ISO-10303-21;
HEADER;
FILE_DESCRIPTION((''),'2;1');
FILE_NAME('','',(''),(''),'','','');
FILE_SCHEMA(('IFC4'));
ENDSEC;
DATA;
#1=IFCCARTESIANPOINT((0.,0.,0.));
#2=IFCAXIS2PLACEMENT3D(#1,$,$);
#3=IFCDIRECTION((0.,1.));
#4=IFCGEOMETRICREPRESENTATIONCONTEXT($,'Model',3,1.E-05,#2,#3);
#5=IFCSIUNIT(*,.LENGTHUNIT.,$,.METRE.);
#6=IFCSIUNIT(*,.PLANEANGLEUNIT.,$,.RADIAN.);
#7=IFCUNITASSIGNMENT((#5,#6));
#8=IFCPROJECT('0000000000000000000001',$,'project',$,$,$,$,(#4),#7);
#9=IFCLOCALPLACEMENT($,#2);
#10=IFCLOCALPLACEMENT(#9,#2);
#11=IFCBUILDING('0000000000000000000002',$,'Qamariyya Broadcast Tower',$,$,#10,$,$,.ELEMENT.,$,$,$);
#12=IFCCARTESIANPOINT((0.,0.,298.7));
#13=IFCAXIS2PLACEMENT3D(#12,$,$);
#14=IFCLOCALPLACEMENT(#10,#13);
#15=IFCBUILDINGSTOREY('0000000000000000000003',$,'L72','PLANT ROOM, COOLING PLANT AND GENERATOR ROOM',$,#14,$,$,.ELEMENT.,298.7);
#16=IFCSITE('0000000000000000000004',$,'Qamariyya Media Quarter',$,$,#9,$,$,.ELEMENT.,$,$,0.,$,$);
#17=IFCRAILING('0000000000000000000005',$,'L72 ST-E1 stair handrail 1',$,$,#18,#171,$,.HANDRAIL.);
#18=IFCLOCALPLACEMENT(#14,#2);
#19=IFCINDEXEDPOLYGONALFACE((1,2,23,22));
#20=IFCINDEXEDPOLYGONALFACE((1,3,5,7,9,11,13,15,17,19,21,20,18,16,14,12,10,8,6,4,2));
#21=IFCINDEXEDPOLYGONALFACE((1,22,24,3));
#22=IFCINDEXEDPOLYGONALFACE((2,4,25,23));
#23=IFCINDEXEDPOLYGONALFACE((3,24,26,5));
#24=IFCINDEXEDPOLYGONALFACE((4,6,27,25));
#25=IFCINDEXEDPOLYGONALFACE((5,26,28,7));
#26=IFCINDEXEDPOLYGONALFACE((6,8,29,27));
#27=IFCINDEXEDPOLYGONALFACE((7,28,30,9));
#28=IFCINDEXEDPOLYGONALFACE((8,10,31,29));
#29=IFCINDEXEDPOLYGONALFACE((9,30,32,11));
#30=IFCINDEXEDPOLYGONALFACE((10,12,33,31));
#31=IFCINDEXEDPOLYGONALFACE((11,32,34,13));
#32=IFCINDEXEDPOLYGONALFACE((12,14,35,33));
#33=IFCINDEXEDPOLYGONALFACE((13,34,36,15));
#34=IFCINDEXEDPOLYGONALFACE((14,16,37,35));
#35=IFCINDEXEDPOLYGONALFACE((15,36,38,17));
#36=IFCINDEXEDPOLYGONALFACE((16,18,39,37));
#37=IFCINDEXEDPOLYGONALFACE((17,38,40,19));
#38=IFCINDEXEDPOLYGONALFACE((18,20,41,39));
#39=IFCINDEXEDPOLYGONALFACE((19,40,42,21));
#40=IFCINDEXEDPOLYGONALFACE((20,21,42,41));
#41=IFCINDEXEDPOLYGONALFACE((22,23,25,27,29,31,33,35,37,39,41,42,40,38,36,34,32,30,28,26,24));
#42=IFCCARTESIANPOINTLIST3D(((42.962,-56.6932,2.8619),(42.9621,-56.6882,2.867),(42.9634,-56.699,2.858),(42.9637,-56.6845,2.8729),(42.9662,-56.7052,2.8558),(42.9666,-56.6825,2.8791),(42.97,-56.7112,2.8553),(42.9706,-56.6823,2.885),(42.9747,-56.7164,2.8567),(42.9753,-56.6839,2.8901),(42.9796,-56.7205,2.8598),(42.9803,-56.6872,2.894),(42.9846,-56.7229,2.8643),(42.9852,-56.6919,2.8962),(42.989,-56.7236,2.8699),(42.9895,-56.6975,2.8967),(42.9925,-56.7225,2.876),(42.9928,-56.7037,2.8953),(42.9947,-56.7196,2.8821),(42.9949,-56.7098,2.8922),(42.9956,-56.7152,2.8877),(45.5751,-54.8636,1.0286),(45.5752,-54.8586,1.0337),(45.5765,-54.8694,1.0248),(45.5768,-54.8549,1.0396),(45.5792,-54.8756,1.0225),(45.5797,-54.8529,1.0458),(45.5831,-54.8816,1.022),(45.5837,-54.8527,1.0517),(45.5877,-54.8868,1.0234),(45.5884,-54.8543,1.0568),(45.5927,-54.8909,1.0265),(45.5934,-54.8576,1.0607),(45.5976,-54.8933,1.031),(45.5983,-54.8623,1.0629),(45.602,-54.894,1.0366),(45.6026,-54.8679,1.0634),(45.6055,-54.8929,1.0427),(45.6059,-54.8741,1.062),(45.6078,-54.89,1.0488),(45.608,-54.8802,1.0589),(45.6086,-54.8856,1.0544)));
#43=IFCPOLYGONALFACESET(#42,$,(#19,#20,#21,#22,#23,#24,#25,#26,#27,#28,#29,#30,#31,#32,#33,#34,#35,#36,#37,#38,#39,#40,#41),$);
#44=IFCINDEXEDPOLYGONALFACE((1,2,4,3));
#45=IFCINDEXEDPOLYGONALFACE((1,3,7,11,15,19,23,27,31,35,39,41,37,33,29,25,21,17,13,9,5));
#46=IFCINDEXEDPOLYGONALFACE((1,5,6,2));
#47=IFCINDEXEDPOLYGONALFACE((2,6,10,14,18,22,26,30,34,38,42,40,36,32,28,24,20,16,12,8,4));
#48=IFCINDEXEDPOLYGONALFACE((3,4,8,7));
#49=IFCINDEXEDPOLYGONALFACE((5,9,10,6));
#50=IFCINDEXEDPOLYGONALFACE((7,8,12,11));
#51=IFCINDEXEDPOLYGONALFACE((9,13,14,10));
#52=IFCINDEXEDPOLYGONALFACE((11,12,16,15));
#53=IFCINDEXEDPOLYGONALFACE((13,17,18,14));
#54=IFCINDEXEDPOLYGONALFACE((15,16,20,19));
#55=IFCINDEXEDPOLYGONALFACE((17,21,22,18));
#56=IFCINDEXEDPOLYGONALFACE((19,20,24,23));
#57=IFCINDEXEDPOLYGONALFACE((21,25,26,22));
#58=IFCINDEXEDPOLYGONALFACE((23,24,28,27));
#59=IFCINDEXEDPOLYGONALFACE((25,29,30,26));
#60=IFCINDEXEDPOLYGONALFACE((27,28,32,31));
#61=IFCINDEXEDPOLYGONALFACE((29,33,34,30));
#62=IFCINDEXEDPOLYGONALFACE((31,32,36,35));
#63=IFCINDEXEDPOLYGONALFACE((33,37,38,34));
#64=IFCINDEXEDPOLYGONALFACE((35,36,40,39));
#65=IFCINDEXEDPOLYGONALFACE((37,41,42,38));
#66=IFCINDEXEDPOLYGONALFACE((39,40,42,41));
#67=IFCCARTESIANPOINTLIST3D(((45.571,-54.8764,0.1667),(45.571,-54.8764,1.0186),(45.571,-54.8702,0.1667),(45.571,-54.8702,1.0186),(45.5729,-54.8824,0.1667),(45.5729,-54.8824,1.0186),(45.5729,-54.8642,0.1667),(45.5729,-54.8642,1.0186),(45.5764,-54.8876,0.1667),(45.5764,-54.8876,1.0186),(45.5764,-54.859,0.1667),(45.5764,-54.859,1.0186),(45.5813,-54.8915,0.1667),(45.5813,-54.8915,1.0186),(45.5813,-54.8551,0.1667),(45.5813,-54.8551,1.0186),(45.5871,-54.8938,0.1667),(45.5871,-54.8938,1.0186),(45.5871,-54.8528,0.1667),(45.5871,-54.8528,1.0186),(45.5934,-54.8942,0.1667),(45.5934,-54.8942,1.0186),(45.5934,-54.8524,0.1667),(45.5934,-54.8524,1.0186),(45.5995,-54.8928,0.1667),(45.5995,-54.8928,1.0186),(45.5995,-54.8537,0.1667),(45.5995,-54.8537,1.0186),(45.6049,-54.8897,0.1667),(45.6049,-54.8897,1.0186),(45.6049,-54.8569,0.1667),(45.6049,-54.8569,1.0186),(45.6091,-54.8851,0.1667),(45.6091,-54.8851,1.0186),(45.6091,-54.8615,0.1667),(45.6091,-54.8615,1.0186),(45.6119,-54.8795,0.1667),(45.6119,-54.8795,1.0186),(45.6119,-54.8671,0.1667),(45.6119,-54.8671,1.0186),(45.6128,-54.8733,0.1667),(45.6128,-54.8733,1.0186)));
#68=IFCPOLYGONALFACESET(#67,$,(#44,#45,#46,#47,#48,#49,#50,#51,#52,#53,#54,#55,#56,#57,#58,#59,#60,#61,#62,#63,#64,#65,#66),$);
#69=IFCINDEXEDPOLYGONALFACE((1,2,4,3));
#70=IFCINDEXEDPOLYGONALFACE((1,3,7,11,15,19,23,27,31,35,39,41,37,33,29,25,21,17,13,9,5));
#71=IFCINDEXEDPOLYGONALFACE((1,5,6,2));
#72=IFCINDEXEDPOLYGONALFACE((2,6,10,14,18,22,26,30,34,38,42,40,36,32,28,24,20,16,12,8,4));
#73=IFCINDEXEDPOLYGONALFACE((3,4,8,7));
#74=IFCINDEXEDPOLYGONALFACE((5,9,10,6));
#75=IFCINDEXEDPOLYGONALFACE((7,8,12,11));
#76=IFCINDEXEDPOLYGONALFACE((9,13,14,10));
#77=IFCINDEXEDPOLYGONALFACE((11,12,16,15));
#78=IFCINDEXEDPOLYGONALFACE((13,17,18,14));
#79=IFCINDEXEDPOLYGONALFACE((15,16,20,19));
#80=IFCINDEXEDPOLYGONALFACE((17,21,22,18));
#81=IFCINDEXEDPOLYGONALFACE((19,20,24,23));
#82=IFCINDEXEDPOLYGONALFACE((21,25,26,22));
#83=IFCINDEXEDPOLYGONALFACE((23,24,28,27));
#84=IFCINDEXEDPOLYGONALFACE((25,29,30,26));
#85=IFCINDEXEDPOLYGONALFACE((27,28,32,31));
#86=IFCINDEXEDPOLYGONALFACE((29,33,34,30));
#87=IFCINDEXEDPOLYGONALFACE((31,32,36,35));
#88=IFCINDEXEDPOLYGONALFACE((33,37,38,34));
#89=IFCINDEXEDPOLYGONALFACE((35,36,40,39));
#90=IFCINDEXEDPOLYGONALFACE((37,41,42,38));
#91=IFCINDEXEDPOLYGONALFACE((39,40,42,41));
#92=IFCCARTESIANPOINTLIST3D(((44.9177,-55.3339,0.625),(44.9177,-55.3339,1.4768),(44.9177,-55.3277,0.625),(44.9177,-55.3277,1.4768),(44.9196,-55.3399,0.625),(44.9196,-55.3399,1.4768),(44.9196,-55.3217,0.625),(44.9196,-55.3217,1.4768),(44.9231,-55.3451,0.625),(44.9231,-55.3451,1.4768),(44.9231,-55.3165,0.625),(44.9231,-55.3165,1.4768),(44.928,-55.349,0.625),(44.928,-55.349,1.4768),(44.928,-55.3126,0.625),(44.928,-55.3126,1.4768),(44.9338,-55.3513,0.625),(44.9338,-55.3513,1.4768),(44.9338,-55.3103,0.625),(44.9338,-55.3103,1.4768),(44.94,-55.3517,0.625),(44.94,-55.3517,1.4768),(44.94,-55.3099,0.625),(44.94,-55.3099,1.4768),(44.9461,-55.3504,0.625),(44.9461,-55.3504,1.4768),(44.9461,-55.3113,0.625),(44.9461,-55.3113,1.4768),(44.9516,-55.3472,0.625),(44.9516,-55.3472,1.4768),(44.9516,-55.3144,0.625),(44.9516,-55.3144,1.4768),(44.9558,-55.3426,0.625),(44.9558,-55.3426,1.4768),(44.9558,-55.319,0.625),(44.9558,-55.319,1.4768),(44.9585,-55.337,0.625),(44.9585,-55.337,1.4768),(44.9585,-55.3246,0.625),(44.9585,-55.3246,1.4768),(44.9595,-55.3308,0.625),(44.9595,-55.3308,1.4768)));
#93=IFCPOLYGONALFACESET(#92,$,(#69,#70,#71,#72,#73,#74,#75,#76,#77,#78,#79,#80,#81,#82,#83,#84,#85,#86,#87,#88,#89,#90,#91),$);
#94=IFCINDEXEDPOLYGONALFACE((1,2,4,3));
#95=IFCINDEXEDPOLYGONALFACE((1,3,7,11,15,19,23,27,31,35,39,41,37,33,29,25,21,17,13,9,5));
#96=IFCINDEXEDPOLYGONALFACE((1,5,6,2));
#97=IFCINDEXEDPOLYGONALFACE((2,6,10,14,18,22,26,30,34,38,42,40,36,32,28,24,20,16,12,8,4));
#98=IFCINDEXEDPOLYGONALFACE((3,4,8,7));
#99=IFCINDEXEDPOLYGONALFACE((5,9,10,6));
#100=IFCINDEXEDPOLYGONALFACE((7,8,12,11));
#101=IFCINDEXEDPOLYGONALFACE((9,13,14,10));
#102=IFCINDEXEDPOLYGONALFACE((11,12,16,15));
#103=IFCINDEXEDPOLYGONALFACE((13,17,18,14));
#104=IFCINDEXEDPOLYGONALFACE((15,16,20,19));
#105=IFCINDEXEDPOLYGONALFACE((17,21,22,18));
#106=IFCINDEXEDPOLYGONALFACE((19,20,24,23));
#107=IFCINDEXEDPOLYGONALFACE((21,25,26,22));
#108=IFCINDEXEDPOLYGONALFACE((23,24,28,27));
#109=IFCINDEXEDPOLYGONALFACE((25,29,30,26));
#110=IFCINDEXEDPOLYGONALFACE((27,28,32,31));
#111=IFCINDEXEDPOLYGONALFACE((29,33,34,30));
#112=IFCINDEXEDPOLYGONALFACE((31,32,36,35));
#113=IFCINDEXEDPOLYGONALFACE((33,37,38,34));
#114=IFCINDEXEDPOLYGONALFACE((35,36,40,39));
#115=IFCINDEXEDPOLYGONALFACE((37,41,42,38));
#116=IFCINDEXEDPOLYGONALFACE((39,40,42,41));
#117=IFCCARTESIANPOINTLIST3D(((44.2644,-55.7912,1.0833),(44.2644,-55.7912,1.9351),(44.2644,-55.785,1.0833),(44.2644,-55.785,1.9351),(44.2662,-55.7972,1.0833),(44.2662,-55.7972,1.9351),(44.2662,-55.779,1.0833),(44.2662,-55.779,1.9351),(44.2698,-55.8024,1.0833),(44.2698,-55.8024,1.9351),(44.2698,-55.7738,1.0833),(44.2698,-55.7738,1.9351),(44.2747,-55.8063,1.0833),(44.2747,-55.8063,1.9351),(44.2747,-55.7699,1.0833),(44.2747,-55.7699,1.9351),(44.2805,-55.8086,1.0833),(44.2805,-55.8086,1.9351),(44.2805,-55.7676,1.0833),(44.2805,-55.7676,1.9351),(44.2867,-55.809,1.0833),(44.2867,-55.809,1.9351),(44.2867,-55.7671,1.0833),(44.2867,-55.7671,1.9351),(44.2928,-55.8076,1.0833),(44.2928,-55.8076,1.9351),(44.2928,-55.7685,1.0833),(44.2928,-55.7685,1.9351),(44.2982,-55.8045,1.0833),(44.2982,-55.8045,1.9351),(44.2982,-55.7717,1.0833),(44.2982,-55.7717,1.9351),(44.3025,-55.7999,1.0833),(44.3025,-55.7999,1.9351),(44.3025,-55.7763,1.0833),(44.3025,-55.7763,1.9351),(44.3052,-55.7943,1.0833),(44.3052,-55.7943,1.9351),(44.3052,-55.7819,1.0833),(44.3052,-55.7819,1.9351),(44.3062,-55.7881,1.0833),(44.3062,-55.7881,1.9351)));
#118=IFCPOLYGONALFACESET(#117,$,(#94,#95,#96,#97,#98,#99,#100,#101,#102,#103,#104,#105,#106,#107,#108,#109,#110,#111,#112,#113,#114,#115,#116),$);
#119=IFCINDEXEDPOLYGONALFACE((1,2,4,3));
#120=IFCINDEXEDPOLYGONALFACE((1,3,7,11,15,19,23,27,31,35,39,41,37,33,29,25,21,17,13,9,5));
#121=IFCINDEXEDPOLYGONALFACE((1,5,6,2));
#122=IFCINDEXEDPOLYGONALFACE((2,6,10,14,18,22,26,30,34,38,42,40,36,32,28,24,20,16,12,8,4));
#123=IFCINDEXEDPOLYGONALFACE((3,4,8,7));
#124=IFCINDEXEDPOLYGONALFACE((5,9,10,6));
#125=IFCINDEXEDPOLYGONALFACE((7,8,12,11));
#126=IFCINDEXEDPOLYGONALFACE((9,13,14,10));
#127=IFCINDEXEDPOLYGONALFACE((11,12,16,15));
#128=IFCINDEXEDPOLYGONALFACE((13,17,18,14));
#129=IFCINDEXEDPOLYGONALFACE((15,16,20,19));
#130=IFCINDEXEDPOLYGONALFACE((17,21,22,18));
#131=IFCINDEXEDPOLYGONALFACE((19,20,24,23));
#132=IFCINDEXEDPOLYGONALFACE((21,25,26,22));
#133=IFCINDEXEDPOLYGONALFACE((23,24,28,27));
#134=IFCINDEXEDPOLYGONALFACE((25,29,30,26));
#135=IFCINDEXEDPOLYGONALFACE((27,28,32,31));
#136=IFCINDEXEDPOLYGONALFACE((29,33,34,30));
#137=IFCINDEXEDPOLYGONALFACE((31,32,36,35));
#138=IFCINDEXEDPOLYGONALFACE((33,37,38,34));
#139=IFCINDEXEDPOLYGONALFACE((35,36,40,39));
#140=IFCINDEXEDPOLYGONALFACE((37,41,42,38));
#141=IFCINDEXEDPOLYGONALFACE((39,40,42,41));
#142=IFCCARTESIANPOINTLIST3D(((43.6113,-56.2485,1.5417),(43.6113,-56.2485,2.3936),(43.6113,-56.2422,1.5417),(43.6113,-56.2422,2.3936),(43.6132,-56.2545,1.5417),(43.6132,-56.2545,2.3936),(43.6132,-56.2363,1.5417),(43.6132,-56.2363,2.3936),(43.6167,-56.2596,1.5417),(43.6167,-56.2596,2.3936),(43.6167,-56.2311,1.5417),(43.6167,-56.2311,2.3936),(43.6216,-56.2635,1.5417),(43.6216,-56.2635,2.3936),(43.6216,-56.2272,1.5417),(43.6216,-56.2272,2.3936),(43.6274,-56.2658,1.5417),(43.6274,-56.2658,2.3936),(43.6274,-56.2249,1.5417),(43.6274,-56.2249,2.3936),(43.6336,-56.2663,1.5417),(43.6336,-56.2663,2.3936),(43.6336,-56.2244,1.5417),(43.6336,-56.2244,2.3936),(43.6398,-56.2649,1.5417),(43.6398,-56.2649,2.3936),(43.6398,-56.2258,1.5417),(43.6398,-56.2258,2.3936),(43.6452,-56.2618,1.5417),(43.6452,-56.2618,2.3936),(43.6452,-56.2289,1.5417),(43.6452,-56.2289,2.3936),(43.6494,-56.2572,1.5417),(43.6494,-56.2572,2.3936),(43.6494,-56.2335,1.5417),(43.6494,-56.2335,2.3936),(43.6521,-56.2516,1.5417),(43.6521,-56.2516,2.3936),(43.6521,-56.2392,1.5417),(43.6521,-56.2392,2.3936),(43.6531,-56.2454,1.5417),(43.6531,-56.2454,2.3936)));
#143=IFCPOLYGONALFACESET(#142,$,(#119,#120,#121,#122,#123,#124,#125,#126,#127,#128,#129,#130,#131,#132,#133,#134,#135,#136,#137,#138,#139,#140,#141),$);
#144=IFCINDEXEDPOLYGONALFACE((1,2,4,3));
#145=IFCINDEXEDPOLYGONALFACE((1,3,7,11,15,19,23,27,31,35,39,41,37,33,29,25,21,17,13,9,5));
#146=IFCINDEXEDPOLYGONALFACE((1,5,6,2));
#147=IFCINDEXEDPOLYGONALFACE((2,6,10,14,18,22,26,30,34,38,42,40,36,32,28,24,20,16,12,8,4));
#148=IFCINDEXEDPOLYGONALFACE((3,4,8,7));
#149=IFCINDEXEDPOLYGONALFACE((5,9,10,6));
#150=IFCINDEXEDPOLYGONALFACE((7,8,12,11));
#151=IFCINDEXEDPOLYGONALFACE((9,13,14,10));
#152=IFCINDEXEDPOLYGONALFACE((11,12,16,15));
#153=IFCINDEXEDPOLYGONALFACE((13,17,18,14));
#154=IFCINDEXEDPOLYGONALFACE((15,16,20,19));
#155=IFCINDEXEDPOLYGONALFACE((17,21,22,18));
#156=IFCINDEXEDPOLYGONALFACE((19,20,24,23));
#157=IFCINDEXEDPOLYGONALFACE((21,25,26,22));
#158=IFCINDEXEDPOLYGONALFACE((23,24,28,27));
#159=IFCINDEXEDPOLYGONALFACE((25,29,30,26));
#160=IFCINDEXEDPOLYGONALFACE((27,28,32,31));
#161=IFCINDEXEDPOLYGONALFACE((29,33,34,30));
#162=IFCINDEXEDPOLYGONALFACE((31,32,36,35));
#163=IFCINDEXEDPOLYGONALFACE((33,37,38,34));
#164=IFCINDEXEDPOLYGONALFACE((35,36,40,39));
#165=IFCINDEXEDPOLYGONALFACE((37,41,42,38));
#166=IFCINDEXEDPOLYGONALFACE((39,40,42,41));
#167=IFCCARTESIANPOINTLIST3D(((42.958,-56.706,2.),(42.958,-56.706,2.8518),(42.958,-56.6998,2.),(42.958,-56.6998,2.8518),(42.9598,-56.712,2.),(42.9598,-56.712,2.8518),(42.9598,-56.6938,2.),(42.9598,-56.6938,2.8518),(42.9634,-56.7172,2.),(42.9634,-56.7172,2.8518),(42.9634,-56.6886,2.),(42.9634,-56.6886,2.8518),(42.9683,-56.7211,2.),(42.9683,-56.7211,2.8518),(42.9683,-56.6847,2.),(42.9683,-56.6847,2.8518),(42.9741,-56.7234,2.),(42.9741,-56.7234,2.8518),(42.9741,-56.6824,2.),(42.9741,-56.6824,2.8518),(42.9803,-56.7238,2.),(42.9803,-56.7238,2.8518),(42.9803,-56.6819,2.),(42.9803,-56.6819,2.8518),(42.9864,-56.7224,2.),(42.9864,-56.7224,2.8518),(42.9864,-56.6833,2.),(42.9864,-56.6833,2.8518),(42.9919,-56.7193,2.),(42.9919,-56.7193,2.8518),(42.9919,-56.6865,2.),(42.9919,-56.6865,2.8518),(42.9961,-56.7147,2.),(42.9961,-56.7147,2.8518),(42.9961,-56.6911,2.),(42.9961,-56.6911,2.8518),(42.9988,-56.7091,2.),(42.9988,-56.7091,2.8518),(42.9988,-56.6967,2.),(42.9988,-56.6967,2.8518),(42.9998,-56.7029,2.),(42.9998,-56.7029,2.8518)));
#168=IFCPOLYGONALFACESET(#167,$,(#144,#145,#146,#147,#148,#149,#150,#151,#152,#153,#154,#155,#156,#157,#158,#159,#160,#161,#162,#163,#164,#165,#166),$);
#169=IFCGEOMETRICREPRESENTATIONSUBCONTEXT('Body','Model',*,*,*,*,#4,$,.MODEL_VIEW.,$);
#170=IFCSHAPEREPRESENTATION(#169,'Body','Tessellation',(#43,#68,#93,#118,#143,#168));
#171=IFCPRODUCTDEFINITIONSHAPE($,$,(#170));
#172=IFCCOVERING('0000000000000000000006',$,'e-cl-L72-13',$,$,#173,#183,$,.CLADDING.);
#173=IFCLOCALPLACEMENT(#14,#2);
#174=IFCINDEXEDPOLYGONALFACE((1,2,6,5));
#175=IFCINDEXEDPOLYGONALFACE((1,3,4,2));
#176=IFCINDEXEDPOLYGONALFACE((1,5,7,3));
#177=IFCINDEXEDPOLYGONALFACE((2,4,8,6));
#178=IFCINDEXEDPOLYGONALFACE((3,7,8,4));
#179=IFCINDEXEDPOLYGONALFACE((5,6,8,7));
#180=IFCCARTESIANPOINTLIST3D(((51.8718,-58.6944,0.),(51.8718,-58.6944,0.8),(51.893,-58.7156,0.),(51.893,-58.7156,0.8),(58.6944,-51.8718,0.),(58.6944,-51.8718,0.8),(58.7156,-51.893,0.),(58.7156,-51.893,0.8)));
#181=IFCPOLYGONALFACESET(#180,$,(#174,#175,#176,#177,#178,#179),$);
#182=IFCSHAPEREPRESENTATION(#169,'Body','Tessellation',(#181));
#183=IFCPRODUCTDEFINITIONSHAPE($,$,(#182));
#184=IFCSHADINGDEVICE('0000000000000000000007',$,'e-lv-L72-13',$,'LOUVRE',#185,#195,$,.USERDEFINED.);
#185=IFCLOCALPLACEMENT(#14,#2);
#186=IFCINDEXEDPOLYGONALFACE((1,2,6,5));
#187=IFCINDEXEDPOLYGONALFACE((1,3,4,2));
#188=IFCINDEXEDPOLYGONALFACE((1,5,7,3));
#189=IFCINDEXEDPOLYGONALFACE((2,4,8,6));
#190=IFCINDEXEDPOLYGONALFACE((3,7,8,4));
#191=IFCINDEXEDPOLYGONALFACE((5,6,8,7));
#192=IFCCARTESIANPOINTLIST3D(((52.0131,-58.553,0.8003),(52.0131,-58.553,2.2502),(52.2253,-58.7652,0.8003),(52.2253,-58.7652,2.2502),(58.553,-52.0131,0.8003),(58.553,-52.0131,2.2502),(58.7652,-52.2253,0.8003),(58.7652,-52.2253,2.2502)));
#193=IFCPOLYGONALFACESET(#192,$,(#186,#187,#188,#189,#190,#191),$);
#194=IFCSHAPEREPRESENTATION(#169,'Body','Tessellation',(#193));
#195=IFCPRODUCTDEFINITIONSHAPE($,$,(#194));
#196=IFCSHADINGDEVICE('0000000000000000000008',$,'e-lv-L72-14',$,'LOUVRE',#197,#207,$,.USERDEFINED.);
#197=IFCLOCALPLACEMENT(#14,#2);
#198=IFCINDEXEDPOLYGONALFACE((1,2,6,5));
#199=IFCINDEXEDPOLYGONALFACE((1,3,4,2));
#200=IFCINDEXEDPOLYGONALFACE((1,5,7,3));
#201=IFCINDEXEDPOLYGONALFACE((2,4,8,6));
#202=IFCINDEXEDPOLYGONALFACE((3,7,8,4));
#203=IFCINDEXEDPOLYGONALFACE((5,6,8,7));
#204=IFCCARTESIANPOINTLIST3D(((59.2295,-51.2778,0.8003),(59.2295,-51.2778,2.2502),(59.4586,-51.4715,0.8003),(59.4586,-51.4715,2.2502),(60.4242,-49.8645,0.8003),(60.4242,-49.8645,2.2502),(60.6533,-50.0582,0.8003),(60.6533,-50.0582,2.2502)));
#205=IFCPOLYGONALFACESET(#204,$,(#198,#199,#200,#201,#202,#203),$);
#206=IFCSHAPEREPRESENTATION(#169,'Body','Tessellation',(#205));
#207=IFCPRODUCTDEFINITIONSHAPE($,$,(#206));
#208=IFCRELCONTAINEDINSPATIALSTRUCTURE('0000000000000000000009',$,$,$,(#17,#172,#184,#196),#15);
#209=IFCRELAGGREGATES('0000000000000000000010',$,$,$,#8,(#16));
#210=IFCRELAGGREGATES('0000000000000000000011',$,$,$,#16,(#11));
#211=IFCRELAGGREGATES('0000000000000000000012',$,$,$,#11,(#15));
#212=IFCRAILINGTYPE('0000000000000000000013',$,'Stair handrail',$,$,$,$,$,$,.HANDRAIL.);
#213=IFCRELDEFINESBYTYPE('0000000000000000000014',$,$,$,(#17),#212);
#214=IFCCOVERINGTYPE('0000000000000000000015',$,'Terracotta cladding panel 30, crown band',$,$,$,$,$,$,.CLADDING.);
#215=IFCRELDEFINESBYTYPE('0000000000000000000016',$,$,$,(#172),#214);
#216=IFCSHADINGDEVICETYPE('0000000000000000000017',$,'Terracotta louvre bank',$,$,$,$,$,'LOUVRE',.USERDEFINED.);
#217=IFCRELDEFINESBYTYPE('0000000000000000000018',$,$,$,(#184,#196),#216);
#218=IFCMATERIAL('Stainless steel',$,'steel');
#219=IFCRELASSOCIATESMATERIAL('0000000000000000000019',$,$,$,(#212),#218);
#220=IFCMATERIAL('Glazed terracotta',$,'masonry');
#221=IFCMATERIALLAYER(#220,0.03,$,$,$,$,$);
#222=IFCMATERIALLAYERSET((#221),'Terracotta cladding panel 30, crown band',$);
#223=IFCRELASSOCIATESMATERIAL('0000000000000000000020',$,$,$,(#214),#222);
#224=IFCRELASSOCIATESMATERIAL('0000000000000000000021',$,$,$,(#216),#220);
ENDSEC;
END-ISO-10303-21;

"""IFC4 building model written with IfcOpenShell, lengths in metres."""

from ifc_helpers import new_model, si_unit, direction, frame, origin, origin_2d, place, context, subcontext, project, spatial, rectangle, circle, extrude, material, layer, layer_set, type_object, element, save


model = new_model("IFC4")

# Units and contexts
model_context = context("Model", 3, precision=1e-05, world=origin(), true_north=direction((0.0, 1.0)))
body_context = subcontext(model_context, "Body", "Model", "MODEL_VIEW")
ifc_project = project(units=[si_unit("LENGTHUNIT", "METRE"), si_unit("PLANEANGLEUNIT", "RADIAN")], contexts=[model_context])

# Site, building, storey
site_placement = place(None, origin())
site = spatial("IfcSite", under=ifc_project, at=site_placement, Name="Qamariyya Media Quarter", CompositionType="ELEMENT", RefElevation=0.0)
building_placement = place(site_placement, origin())
building = spatial("IfcBuilding", under=site, at=building_placement, Name="Qamariyya Broadcast Tower", CompositionType="ELEMENT")
storey_placement = place(building_placement, frame((0.0, 0.0, 298.7)))
storey = spatial("IfcBuildingStorey", under=building, at=storey_placement, Name="L72", Description="PLANT ROOM, COOLING PLANT AND GENERATOR ROOM", CompositionType="ELEMENT", Elevation=298.7)

# Railing
ifc_material_1 = material(Name="Stainless steel", Category="steel")
railing_type_1 = type_object("IfcRailingType", Name="Stair handrail", PredefinedType="HANDRAIL", material=ifc_material_1)
railing_1_placement = place(storey_placement, frame((45.5918, -54.8733, 0.1667)))
element("IfcRailing", 1, at=railing_1_placement, inside=storey, type_object=railing_type_1, Name="L72 ST-E1 stair handrail 1", PredefinedType="HANDRAIL", context=body_context, shape_type="SweptSolid", body=[
    extrude(circle(Radius=0.0239, at=origin_2d()), frame((0.0, 0.0, 0.876), z_axis=(-0.710228, -0.497285, 0.498281), x_axis=(0.57356, -0.819164, 0.0)), (0.0, 0.0, 1.0), 3.6792),
    extrude(circle(Radius=0.021, at=origin_2d()), origin(), (0.0, 0.0, 1.0), 0.8518),
    extrude(circle(Radius=0.021, at=origin_2d()), frame((-0.6533, -0.4575, 0.4583)), (0.0, 0.0, 1.0), 0.8518),
    extrude(circle(Radius=0.021, at=origin_2d()), frame((-1.3066, -0.9148, 0.9165)), (0.0, 0.0, 1.0), 0.8518),
    extrude(circle(Radius=0.021, at=origin_2d()), frame((-1.9597, -1.3721, 1.375)), (0.0, 0.0, 1.0), 0.8518),
    extrude(circle(Radius=0.021, at=origin_2d()), frame((-2.613, -1.8296, 1.8333)), (0.0, 0.0, 1.0), 0.8518),
])

# Covering
ifc_material_2 = material(Name="Glazed terracotta", Category="masonry")
ifc_layer_1 = layer(ifc_material_2, 0.03)
ifc_layer_set_1 = layer_set([ifc_layer_1], Name="Terracotta cladding panel 30, crown band")
covering_type = type_object("IfcCoveringType", Name="Terracotta cladding panel 30, crown band", PredefinedType="CLADDING", material=ifc_layer_set_1)
covering_placement = place(storey_placement, frame((55.2937, -55.2937, 0.0), z_axis=(0.0, 0.0, 1.0), x_axis=(0.707107, 0.707107, 0.0)))
element("IfcCovering", 2, at=covering_placement, inside=storey, type_object=covering_type, Name="e-cl-L72-13", PredefinedType="CLADDING", context=body_context, shape_type="SweptSolid", body=[
    extrude(rectangle(XDim=9.6487, YDim=0.03, at=origin_2d()), origin(), (0.0, 0.0, 1.0), 0.8),
])

# Shading devices
shading_device_type = type_object("IfcShadingDeviceType", Name="Terracotta louvre bank", ElementType="LOUVRE", PredefinedType="USERDEFINED", material=ifc_material_2)
shading_device_1_placement = place(storey_placement, frame((55.3892, -55.3892, 0.8003), z_axis=(0.0, 0.0, 1.0), x_axis=(0.707107, 0.707107, 0.0)))
element("IfcShadingDevice", 3, at=shading_device_1_placement, inside=storey, type_object=shading_device_type, Name="e-lv-L72-13", ObjectType="LOUVRE", PredefinedType="USERDEFINED", context=body_context, shape_type="SweptSolid", body=[
    extrude(rectangle(XDim=9.2488, YDim=0.3, at=origin_2d()), origin(), (0.0, 0.0, 1.0), 1.45),
])
shading_device_2_placement = place(storey_placement, frame((59.9414, -50.668, 0.8003), z_axis=(0.0, 0.0, 1.0), x_axis=(0.64556, 0.76371, 0.0)))
element("IfcShadingDevice", 4, at=shading_device_2_placement, inside=storey, type_object=shading_device_type, Name="e-lv-L72-14", ObjectType="LOUVRE", PredefinedType="USERDEFINED", context=body_context, shape_type="SweptSolid", body=[
    extrude(rectangle(XDim=1.8506, YDim=0.3, at=origin_2d()), origin(), (0.0, 0.0, 1.0), 1.45),
])

save(model, "model.ifc")
